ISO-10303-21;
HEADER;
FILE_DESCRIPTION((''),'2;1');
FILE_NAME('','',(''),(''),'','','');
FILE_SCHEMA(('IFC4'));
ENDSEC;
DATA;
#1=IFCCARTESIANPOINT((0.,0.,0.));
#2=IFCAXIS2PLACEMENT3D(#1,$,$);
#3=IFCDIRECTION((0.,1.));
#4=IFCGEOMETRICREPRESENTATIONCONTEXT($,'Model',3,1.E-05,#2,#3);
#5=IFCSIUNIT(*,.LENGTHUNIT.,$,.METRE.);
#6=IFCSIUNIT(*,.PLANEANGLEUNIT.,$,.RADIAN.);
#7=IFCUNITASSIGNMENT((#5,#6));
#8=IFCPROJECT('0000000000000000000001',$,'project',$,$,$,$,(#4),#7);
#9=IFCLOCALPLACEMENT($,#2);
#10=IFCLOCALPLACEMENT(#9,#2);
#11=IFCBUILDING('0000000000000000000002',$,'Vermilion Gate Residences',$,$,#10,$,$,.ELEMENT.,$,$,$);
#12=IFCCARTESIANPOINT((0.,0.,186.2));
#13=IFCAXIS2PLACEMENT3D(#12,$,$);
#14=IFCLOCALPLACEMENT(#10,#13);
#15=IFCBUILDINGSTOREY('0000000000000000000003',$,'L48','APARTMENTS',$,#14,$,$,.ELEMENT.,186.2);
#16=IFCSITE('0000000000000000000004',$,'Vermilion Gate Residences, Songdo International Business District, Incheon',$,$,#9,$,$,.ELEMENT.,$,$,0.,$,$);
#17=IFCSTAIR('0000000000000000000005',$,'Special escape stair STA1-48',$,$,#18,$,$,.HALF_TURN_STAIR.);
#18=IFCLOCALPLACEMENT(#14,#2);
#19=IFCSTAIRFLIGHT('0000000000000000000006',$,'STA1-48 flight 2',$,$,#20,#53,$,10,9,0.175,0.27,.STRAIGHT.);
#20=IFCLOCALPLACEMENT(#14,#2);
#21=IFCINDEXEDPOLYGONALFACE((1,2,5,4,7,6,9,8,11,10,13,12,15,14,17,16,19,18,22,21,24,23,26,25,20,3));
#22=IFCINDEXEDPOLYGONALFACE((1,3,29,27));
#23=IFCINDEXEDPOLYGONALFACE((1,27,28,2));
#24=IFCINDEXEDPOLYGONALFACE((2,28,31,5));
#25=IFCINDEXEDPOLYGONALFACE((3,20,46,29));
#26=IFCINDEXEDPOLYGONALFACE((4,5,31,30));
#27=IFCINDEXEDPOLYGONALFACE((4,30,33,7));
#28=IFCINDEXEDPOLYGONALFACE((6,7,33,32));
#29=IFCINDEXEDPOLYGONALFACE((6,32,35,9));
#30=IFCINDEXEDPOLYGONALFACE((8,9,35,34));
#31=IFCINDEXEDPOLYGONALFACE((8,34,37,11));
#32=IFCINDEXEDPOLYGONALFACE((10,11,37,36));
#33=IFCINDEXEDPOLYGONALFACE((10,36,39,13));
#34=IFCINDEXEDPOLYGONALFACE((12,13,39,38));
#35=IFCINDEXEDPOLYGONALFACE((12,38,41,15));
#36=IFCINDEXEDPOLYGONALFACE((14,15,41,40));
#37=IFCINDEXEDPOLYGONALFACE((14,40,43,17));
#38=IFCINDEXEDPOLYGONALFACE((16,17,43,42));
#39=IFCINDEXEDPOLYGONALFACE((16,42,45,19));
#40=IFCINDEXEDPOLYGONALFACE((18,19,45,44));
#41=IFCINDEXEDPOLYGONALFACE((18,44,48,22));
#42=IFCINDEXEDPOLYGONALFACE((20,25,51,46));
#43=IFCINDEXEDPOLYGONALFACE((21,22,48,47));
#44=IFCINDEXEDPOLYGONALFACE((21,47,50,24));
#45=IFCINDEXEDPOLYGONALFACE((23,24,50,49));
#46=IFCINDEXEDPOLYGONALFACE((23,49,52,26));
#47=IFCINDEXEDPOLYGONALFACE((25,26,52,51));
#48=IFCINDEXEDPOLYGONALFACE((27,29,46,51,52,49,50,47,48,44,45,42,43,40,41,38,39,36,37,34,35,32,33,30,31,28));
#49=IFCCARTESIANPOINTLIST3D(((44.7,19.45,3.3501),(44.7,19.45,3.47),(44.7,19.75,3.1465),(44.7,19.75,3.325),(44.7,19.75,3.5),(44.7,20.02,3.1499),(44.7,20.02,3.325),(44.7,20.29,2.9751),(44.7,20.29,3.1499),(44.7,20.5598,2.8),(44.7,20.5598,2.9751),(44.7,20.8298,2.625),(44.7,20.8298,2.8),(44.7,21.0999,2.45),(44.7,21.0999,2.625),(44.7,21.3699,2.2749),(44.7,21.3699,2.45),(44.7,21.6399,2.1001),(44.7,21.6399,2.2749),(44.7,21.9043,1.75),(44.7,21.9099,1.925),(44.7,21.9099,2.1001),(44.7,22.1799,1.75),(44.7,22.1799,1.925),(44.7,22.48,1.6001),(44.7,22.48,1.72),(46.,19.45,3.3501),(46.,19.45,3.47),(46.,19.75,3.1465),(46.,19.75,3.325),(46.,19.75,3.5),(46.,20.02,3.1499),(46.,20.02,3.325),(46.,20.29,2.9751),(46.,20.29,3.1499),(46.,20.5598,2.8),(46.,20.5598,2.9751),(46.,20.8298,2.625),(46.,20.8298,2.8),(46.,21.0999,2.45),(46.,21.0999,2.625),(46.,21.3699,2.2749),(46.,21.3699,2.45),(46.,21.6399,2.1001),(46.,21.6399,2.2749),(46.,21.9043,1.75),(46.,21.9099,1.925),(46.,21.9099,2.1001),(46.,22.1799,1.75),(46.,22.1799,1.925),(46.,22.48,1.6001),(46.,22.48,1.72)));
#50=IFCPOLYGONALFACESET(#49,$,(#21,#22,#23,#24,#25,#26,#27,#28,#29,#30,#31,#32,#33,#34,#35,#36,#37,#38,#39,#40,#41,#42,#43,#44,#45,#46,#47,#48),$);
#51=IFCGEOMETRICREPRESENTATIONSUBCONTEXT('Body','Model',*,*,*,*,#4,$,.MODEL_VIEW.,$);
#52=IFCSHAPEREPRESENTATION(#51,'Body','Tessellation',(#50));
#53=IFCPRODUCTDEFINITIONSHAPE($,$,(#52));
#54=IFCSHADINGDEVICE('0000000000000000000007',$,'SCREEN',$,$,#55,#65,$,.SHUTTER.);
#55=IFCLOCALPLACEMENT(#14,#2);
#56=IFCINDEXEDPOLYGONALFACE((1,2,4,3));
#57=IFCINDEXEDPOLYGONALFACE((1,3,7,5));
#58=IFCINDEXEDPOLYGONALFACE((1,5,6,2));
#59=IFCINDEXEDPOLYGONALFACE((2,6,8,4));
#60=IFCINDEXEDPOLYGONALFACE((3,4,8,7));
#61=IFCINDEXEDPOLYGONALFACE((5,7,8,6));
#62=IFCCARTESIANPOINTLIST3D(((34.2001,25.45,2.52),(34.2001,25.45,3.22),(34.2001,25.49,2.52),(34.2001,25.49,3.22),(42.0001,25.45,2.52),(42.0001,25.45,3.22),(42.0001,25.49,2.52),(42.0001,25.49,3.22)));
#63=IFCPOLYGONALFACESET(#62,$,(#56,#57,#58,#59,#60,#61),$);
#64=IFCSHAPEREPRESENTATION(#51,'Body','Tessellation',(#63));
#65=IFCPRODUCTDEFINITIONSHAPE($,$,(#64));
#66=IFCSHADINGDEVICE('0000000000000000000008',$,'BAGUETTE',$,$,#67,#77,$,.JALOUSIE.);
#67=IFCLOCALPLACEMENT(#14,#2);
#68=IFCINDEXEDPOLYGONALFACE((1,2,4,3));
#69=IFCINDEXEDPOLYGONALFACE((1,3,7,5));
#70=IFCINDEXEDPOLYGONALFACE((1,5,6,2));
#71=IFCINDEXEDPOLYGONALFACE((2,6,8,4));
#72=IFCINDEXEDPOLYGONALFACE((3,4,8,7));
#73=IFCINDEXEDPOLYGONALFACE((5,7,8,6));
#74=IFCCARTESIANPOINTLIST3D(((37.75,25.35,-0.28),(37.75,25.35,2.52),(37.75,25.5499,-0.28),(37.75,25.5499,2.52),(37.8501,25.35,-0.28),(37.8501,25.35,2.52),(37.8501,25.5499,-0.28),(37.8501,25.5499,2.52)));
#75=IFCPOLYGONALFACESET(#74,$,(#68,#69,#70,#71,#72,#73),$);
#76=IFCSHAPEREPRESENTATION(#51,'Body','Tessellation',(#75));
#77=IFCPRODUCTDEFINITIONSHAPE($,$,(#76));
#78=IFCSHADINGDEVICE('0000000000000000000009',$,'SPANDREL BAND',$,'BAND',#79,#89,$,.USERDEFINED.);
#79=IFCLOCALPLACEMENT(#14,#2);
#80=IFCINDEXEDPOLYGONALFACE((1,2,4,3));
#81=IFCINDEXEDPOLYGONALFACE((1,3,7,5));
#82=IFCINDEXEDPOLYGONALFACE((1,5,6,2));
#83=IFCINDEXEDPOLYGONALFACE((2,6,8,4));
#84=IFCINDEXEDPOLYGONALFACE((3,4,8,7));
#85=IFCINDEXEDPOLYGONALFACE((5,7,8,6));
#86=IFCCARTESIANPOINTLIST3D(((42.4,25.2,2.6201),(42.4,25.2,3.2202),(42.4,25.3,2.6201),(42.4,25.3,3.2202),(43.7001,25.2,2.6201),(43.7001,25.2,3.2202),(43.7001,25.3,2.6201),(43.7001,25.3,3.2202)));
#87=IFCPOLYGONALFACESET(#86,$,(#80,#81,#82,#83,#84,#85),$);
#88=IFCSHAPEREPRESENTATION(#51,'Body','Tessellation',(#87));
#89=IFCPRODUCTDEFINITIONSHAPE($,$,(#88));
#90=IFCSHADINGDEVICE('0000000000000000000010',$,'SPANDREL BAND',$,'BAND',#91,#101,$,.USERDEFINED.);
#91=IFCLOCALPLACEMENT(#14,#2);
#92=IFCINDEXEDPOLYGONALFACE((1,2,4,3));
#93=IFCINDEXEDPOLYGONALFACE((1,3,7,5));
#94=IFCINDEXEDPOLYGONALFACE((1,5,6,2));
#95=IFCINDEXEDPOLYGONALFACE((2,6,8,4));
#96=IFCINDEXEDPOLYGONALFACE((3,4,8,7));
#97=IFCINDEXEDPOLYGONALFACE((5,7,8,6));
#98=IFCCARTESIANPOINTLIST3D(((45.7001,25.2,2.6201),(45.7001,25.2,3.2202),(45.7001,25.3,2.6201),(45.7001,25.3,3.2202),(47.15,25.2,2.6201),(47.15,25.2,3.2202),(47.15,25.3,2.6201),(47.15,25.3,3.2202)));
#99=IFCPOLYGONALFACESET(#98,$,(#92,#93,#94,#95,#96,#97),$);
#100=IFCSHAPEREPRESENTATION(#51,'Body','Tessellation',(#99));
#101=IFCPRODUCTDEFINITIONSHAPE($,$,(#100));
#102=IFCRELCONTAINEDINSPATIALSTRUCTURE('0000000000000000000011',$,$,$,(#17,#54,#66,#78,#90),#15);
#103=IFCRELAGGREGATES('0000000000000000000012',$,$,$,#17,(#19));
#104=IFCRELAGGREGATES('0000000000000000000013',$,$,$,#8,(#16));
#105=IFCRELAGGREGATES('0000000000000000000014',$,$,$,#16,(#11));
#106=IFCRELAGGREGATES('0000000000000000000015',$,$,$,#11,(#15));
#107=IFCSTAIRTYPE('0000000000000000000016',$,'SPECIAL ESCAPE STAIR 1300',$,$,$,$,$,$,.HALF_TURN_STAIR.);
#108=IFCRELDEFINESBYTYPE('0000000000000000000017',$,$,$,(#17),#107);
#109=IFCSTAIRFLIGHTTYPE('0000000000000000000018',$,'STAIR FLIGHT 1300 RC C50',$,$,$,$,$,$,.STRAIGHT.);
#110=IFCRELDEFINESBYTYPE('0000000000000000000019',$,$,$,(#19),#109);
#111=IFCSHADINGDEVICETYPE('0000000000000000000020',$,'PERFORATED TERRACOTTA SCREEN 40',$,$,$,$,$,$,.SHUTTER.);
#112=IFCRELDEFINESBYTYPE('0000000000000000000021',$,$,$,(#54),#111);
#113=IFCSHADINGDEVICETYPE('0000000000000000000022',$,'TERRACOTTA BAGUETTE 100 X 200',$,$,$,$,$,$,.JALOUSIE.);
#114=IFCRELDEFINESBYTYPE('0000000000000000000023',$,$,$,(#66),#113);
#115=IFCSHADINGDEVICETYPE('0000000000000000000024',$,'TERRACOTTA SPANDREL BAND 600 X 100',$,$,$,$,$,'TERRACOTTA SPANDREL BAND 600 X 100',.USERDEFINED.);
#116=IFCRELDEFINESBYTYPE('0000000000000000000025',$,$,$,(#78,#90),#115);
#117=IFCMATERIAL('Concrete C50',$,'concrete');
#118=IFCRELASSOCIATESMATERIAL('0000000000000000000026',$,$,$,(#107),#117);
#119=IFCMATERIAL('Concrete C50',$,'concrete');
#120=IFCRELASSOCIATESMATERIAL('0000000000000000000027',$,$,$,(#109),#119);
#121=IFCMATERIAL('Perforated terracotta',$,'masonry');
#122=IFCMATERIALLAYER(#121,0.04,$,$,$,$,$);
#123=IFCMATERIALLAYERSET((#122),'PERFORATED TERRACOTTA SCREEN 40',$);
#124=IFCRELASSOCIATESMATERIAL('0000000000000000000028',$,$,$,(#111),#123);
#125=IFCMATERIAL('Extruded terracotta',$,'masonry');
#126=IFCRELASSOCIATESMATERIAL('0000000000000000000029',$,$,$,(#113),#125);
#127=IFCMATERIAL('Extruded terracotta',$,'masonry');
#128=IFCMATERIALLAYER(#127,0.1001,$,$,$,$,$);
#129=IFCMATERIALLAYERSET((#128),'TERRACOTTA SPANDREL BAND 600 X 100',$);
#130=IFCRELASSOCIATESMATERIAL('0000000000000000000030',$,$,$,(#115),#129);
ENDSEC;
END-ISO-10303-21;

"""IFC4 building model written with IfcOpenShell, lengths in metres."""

from ifc_helpers import new_model, si_unit, direction, frame, origin, origin_2d, place, context, subcontext, project, spatial, polyline, rectangle, outline, extrude, material, layer, layer_set, material_profile, profile_set, type_object, element, aggregate, save


model = new_model("IFC4")

# Units and contexts
model_context = context("Model", 3, precision=1e-05, world=origin(), true_north=direction((0.0, 1.0)))
body_context = subcontext(model_context, "Body", "Model", "MODEL_VIEW")
ifc_project = project(units=[si_unit("LENGTHUNIT", "METRE"), si_unit("PLANEANGLEUNIT", "RADIAN")], contexts=[model_context])

# Site, building, storey
site_placement = place(None, origin())
site = spatial("IfcSite", under=ifc_project, at=site_placement, Name="Vermilion Gate Residences, Songdo International Business District, Incheon", CompositionType="ELEMENT", RefElevation=0.0)
building_placement = place(site_placement, origin())
building = spatial("IfcBuilding", under=site, at=building_placement, Name="Vermilion Gate Residences", CompositionType="ELEMENT")
storey_placement = place(building_placement, frame((0.0, 0.0, 186.2)))
storey = spatial("IfcBuildingStorey", under=building, at=storey_placement, Name="L48", Description="APARTMENTS", CompositionType="ELEMENT", Elevation=186.2)

# Stair, stair flight
ifc_material_1 = material(Name="Concrete C50", Category="concrete")
stair_type = type_object("IfcStairType", Name="SPECIAL ESCAPE STAIR 1300", PredefinedType="HALF_TURN_STAIR", material=ifc_material_1)
stair_placement = place(storey_placement, origin())
stair = element("IfcStair", 1, at=stair_placement, inside=storey, type_object=stair_type, Name="Special escape stair STA1-48", PredefinedType="HALF_TURN_STAIR")
ifc_material_2 = material(Name="Concrete C50", Category="concrete")
stair_flight_type = type_object("IfcStairFlightType", Name="STAIR FLIGHT 1300 RC C50", PredefinedType="STRAIGHT", material=ifc_material_2)
stair_flight_1_placement = place(storey_placement, frame((45.3501, 22.1799, 1.75), z_axis=(0.0, 0.0, 1.0), x_axis=(0.0, -1.0, 0.0)))
stair_flight_1 = element("IfcStairFlight", 2, at=stair_flight_1_placement, type_object=stair_flight_type, Name="STA1-48 flight 2", NumberOfRisers=10, NumberOfTreads=9, PredefinedType="STRAIGHT", RiserHeight=0.175, TreadLength=0.27, context=body_context, shape_type="SweptSolid", body=[
    extrude(outline(polyline([(-0.3, -0.1499), (-0.3, -0.03), (0.0, 0.0), (0.0, 0.175), (0.27, 0.175), (0.27, 0.3501), (0.54, 0.3501), (0.54, 0.5249), (0.8101, 0.5249), (0.8101, 0.7), (1.0801, 0.7), (1.0801, 0.875), (1.3501, 0.875), (1.3501, 1.05), (1.6201, 1.05), (1.6201, 1.2251), (1.8899, 1.2251), (1.8899, 1.3999), (2.1599, 1.3999), (2.1599, 1.575), (2.4299, 1.575), (2.4299, 1.75), (2.73, 1.72), (2.73, 1.6001), (2.4299, 1.3965), (0.2756, 0.0), (-0.3, -0.1499)])), frame((0.0, 0.6499, 0.0), z_axis=(0.0, -1.0, 0.0), x_axis=(1.0, 0.0, 0.0)), (0.0, 0.0, 1.0), 1.3),
])
aggregate(stair, [stair_flight_1])

# Shading device
ifc_material_3 = material(Name="Perforated terracotta", Category="masonry")
ifc_layer_1 = layer(ifc_material_3, 0.04)
ifc_layer_set_1 = layer_set([ifc_layer_1], Name="PERFORATED TERRACOTTA SCREEN 40")
shading_device_type_1 = type_object("IfcShadingDeviceType", Name="PERFORATED TERRACOTTA SCREEN 40", PredefinedType="SHUTTER", material=ifc_layer_set_1)
shading_device_1_placement = place(storey_placement, frame((38.1001, 25.47, 2.52), z_axis=(0.0, 0.0, 1.0), x_axis=(-1.0, 0.0, 0.0)))
element("IfcShadingDevice", 3, at=shading_device_1_placement, inside=storey, type_object=shading_device_type_1, Name="SCREEN", PredefinedType="SHUTTER", context=body_context, shape_type="SweptSolid", body=[
    extrude(rectangle(XDim=7.8, YDim=0.04, at=origin_2d()), origin(), (0.0, 0.0, 1.0), 0.7),
])

# Shading devices
ifc_material_4 = material(Name="Extruded terracotta", Category="masonry")
ifc_material_profile_1 = material_profile(ifc_material_4, rectangle(XDim=0.2, YDim=0.1001, at=origin_2d()), Name="BAGUETTE 100 X 200")
ifc_profile_set_1 = profile_set([ifc_material_profile_1], Name="Extruded terracotta")
shading_device_type_2 = type_object("IfcShadingDeviceType", Name="TERRACOTTA BAGUETTE 100 X 200", PredefinedType="JALOUSIE", material=ifc_profile_set_1)
shading_device_2_placement = place(storey_placement, frame((37.8, 25.45, -0.28), z_axis=(0.0, 0.0, 1.0), x_axis=(0.0, -1.0, 0.0)))
element("IfcShadingDevice", 4, at=shading_device_2_placement, inside=storey, type_object=shading_device_type_2, Name="BAGUETTE", PredefinedType="JALOUSIE", context=body_context, shape_type="SweptSolid", body=[
    extrude(rectangle(XDim=0.2, YDim=0.1001, at=origin_2d()), origin(), (0.0, 0.0, 1.0), 2.8),
])
ifc_material_5 = material(Name="Extruded terracotta", Category="masonry")
ifc_layer_2 = layer(ifc_material_5, 0.1001)
ifc_layer_set_2 = layer_set([ifc_layer_2], Name="TERRACOTTA SPANDREL BAND 600 X 100")
shading_device_type_3 = type_object("IfcShadingDeviceType", Name="TERRACOTTA SPANDREL BAND 600 X 100", ElementType="TERRACOTTA SPANDREL BAND 600 X 100", PredefinedType="USERDEFINED", material=ifc_layer_set_2)
shading_device_3_placement = place(storey_placement, frame((43.05, 25.25, 2.6201), z_axis=(0.0, 0.0, 1.0), x_axis=(1.0, 0.0, 0.0)))
element("IfcShadingDevice", 5, at=shading_device_3_placement, inside=storey, type_object=shading_device_type_3, Name="SPANDREL BAND", ObjectType="BAND", PredefinedType="USERDEFINED", context=body_context, shape_type="SweptSolid", body=[
    extrude(rectangle(XDim=1.3, YDim=0.1001, at=origin_2d()), origin(), (0.0, 0.0, 1.0), 0.6001),
])
shading_device_4_placement = place(storey_placement, frame((46.425, 25.25, 2.6201), z_axis=(0.0, 0.0, 1.0), x_axis=(1.0, 0.0, 0.0)))
element("IfcShadingDevice", 6, at=shading_device_4_placement, inside=storey, type_object=shading_device_type_3, Name="SPANDREL BAND", ObjectType="BAND", PredefinedType="USERDEFINED", context=body_context, shape_type="SweptSolid", body=[
    extrude(rectangle(XDim=1.45, YDim=0.1001, at=origin_2d()), origin(), (0.0, 0.0, 1.0), 0.6001),
])

save(model, "model.ifc")
